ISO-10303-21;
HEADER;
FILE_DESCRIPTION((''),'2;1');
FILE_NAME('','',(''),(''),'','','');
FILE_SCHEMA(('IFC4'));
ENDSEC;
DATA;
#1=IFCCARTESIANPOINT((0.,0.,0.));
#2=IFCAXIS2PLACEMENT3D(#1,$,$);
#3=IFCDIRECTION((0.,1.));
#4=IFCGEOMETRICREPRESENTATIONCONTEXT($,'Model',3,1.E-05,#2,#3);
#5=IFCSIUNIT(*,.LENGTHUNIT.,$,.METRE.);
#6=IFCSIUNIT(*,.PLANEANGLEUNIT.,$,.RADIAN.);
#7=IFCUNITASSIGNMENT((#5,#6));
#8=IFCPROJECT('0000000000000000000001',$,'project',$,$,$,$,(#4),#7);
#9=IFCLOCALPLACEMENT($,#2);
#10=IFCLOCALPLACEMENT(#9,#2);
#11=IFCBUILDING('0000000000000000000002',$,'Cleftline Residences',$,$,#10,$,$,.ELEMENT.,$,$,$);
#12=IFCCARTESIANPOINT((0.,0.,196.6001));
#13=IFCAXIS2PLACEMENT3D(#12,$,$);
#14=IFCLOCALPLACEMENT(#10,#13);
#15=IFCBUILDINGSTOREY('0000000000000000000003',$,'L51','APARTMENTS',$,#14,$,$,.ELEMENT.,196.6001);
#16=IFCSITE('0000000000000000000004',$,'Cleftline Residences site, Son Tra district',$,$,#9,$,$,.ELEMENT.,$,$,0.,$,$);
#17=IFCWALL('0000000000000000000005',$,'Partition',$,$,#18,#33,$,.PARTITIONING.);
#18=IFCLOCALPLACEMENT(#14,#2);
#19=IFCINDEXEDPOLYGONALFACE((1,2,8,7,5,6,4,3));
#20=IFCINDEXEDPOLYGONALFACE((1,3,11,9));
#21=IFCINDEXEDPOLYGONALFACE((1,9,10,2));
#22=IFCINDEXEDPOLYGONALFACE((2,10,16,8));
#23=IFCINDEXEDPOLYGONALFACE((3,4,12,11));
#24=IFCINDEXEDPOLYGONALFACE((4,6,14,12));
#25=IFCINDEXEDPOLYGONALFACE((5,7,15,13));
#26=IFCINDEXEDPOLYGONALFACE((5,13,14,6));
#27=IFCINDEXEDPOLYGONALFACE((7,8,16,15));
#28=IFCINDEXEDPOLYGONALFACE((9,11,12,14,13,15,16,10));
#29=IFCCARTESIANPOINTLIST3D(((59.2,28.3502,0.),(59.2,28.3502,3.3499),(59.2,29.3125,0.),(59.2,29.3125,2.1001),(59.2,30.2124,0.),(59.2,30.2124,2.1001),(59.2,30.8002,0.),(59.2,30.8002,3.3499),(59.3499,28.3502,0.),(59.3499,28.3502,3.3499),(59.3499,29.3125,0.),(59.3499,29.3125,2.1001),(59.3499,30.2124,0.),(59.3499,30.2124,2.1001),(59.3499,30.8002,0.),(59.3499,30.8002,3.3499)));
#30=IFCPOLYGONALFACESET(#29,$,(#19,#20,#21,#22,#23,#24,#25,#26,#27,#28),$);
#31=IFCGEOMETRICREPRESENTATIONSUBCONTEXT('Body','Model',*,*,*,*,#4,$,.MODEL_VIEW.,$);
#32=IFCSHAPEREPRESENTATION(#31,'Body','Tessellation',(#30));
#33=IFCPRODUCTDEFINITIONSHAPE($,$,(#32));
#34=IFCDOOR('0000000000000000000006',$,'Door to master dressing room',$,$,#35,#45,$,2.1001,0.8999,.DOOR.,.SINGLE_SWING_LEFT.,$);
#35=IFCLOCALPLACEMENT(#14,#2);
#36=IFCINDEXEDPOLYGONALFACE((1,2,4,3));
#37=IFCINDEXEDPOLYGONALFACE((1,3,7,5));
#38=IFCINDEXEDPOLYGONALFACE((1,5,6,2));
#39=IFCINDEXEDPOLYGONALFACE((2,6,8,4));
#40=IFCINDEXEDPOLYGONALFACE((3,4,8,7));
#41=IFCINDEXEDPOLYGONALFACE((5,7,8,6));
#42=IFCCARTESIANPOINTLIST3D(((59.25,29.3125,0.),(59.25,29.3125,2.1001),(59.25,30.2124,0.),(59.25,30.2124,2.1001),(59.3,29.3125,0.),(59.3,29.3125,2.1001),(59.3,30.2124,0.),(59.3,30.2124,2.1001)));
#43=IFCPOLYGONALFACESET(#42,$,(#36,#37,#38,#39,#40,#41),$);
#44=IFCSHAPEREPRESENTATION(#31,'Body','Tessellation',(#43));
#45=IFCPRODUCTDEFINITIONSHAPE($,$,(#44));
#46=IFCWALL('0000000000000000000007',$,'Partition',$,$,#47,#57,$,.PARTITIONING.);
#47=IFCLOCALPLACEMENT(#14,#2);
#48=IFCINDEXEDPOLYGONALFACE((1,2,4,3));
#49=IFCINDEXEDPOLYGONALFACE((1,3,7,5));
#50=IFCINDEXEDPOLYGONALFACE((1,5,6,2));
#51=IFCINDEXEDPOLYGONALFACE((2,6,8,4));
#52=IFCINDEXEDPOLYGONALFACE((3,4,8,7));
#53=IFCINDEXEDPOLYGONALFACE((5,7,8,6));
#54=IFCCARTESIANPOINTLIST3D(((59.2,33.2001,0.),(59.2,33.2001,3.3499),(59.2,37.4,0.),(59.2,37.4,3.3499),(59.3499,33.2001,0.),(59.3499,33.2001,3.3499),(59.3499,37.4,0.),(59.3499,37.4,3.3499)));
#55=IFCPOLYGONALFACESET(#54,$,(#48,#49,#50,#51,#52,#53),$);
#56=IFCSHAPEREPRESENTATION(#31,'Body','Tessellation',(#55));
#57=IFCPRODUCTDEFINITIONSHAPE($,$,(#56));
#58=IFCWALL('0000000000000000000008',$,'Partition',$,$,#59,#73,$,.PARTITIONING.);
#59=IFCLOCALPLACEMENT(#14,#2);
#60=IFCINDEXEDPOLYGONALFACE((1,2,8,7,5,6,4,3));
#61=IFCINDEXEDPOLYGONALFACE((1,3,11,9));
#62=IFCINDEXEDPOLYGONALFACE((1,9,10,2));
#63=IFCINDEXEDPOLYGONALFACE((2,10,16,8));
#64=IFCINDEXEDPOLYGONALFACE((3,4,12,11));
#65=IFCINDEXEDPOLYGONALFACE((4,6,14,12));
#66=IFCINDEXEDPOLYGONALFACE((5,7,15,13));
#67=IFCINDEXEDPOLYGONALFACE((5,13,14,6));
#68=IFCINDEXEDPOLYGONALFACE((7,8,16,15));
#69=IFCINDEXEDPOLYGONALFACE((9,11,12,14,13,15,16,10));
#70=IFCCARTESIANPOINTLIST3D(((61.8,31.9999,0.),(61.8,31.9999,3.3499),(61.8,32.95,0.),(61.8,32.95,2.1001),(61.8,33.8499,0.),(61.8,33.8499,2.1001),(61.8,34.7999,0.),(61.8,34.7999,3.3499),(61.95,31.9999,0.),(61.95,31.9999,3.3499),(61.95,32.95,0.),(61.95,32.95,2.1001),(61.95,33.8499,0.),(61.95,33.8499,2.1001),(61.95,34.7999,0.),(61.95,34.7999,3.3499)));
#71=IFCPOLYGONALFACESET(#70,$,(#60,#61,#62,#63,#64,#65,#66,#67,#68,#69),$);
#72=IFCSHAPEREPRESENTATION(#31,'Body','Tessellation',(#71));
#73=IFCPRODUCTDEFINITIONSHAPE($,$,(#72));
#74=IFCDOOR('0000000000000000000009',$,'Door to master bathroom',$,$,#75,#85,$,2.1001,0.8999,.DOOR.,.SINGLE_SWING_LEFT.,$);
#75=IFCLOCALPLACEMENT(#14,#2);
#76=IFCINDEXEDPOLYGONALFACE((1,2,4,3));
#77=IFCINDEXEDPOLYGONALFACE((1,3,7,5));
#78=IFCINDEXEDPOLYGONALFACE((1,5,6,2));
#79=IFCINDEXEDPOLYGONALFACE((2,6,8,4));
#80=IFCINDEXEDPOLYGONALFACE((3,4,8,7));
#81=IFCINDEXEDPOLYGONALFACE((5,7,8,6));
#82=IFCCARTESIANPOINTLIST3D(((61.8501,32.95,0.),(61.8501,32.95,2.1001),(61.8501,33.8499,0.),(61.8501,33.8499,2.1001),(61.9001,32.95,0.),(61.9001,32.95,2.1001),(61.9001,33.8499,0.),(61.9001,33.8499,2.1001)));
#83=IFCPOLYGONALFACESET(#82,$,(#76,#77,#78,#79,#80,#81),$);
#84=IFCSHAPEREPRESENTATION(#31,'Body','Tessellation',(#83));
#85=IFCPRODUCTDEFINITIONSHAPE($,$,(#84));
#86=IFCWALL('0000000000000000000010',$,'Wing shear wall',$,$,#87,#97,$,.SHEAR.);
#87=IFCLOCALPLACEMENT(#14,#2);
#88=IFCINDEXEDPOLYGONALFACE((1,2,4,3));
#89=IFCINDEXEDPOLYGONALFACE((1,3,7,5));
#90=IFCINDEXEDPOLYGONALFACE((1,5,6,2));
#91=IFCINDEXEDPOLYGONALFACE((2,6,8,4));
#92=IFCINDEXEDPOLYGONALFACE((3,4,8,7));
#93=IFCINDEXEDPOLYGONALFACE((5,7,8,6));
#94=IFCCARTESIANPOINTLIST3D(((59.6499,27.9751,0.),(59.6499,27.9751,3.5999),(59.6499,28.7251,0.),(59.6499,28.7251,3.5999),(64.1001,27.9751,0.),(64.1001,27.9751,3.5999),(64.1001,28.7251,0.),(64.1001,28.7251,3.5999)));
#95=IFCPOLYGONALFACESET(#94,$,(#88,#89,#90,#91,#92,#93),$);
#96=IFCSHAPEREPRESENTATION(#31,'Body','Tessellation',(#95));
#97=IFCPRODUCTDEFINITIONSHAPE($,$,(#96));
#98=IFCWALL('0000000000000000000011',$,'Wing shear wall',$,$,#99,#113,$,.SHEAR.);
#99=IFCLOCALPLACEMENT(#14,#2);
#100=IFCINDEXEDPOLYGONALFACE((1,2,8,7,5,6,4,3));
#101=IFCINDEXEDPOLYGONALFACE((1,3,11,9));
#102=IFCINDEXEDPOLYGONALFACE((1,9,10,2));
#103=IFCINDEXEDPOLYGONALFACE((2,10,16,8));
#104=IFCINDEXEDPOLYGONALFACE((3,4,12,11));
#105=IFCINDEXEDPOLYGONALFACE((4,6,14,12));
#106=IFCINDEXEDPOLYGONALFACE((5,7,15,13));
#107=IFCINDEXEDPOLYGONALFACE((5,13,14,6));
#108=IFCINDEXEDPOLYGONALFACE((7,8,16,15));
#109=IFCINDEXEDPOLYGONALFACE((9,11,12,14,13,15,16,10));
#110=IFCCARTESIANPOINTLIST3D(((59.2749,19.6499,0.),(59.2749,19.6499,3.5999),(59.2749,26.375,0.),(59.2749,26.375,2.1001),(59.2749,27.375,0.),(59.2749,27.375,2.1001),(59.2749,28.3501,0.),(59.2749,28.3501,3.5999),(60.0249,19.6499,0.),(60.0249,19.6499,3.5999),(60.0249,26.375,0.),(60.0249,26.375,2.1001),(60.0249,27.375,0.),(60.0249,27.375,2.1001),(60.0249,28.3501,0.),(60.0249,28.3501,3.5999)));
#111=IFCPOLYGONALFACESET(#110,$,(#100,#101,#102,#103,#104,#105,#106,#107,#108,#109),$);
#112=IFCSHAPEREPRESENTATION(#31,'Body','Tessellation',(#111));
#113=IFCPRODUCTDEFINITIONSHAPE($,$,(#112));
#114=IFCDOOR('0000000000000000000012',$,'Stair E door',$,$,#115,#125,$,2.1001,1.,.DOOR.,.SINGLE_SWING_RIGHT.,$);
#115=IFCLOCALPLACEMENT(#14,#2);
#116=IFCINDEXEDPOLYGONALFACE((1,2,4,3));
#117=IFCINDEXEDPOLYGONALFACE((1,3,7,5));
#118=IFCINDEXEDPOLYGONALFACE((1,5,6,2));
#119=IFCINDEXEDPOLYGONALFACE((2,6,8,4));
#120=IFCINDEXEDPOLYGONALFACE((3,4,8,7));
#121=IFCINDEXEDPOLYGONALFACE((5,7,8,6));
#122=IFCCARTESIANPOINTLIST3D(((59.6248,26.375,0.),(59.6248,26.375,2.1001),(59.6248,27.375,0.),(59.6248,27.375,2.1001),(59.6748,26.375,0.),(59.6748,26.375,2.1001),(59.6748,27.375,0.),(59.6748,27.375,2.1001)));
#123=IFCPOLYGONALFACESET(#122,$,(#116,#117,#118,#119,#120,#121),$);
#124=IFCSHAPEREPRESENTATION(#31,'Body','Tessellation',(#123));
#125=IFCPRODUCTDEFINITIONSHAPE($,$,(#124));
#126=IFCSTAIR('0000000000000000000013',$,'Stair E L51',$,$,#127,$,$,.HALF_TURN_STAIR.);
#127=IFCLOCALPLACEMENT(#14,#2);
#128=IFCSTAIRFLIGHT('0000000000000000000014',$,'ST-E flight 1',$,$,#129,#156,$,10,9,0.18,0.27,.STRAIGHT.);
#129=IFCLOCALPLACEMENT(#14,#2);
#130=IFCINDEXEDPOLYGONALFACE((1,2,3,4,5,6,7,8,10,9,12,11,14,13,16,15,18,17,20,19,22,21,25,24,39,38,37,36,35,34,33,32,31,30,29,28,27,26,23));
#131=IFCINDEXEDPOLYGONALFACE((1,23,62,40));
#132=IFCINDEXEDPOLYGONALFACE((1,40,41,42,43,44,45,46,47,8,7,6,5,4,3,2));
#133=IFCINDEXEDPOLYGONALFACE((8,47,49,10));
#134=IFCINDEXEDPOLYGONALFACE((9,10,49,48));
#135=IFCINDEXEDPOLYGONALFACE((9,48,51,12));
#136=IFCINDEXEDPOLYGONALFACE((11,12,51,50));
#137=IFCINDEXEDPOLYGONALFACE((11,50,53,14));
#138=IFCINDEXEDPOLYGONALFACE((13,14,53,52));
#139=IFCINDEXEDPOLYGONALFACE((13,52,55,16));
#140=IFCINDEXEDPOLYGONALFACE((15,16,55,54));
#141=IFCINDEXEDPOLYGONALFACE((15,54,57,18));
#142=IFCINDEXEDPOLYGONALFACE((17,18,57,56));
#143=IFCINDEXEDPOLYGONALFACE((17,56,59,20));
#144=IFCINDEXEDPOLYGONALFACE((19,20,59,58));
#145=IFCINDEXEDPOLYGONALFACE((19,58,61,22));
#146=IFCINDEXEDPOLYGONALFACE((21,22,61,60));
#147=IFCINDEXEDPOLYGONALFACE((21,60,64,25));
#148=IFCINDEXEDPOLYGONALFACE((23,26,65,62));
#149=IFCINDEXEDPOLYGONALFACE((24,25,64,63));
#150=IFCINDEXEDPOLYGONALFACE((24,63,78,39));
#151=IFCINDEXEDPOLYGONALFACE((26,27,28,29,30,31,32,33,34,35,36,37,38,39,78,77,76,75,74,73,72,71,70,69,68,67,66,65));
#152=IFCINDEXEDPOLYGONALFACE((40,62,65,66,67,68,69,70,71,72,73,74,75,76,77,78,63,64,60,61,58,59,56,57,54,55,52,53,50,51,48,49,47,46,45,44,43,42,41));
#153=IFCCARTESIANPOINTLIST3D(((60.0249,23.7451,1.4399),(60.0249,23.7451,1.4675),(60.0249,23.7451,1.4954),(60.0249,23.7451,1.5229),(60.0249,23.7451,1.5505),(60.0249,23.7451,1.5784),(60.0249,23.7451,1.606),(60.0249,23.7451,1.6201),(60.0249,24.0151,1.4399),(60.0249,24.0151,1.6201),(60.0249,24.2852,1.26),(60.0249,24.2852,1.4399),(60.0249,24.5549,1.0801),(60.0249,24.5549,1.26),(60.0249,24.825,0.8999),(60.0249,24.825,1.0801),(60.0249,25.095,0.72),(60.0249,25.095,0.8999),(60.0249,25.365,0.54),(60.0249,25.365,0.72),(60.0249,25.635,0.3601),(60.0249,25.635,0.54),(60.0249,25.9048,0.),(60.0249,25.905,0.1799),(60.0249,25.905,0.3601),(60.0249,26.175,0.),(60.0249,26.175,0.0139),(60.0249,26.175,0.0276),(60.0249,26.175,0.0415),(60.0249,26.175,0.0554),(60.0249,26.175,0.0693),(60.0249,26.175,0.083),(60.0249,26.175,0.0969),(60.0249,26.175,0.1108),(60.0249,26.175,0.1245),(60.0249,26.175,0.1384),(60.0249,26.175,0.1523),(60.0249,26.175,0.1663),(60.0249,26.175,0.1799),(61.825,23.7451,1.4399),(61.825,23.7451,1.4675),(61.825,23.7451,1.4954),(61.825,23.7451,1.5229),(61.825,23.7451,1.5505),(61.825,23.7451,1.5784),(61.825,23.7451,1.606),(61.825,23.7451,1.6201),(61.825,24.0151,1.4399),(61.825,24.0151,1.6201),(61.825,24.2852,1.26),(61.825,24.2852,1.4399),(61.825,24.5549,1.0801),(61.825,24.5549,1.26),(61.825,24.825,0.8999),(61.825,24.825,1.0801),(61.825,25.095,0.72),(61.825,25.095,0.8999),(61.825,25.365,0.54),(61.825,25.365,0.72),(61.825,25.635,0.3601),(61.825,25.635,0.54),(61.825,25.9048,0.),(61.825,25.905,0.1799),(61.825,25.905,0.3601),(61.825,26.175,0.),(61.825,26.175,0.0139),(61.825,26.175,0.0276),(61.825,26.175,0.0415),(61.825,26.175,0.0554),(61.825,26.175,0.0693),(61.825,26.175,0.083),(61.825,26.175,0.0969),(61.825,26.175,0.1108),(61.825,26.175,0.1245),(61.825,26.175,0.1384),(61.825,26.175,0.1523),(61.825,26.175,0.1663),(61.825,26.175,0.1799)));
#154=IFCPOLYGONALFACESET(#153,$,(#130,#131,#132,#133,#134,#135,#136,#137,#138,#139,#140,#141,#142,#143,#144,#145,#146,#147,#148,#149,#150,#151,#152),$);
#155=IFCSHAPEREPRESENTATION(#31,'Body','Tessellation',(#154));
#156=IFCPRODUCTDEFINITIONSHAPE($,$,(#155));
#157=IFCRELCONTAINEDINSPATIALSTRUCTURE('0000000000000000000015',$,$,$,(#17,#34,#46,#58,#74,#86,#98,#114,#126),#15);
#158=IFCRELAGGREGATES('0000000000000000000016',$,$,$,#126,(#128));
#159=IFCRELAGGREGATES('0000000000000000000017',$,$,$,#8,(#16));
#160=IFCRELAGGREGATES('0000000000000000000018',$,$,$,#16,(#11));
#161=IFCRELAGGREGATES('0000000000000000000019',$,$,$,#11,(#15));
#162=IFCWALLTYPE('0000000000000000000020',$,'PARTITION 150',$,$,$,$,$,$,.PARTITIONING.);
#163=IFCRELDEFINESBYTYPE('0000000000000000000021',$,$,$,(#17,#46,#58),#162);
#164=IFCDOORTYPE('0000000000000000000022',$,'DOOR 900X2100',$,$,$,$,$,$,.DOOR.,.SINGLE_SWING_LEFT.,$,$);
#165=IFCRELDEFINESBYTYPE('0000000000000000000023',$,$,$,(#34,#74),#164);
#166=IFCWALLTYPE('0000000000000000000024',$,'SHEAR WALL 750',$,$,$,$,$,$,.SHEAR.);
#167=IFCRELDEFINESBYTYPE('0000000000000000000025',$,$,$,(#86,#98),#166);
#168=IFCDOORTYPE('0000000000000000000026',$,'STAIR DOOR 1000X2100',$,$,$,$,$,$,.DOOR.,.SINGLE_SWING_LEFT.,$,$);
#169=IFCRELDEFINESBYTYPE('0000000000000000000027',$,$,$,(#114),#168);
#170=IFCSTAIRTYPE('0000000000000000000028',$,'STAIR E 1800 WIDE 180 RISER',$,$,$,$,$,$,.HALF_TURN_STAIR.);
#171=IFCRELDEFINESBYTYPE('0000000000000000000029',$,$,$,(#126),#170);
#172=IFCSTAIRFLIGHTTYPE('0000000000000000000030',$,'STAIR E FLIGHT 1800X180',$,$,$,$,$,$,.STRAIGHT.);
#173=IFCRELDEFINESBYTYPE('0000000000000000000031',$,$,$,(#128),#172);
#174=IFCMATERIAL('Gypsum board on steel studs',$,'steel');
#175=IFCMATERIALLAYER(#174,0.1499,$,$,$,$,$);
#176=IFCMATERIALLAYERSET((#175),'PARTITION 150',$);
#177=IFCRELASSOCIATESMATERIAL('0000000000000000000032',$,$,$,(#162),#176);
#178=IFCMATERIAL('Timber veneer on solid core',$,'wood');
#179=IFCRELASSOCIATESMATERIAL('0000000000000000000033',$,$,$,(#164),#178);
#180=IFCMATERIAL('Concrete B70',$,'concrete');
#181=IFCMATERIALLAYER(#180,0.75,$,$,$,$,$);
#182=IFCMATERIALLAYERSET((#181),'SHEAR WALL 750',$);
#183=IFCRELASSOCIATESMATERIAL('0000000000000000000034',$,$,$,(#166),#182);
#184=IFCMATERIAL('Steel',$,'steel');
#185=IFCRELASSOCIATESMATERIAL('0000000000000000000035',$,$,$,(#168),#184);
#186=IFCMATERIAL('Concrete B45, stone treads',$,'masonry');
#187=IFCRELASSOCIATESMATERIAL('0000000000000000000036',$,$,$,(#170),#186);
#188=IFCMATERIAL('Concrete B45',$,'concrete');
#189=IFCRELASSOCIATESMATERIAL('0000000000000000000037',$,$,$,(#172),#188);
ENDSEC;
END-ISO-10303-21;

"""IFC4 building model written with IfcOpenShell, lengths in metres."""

from ifc_helpers import new_model, si_unit, direction, frame, frame_2d, origin, place, context, subcontext, project, spatial, polyline, rectangle, outline, extrude, material, layer, layer_set, type_object, element, fill, aggregate, save


model = new_model("IFC4")

# Units and contexts
model_context = context("Model", 3, precision=1e-05, world=origin(), true_north=direction((0.0, 1.0)))
body_context = subcontext(model_context, "Body", "Model", "MODEL_VIEW")
ifc_project = project(units=[si_unit("LENGTHUNIT", "METRE"), si_unit("PLANEANGLEUNIT", "RADIAN")], contexts=[model_context])

# Site, building, storey
site_placement = place(None, origin())
site = spatial("IfcSite", under=ifc_project, at=site_placement, Name="Cleftline Residences site, Son Tra district", CompositionType="ELEMENT", RefElevation=0.0)
building_placement = place(site_placement, origin())
building = spatial("IfcBuilding", under=site, at=building_placement, Name="Cleftline Residences", CompositionType="ELEMENT")
storey_placement = place(building_placement, frame((0.0, 0.0, 196.6001)))
storey = spatial("IfcBuildingStorey", under=building, at=storey_placement, Name="L51", Description="APARTMENTS", CompositionType="ELEMENT", Elevation=196.6001)

# Shared definitions
ifc_material_1 = material(Name="Gypsum board on steel studs", Category="steel")
ifc_layer_1 = layer(ifc_material_1, 0.1499)
ifc_layer_set_1 = layer_set([ifc_layer_1], Name="PARTITION 150")
wall_type_1 = type_object("IfcWallType", Name="PARTITION 150", PredefinedType="PARTITIONING", material=ifc_layer_set_1)

# Wall, opening, door
wall_1_placement = place(storey_placement, frame((59.2749, 28.3501, 0.0), z_axis=(0.0, 0.0, 1.0), x_axis=(0.0, 1.0, 0.0)))
wall_1 = element("IfcWall", 1, at=wall_1_placement, inside=storey, type_object=wall_type_1, Name="Partition", PredefinedType="PARTITIONING", context=body_context, shape_type="SweptSolid", body=[
    extrude(rectangle(XDim=2.45, YDim=0.1499, at=frame_2d((1.2251, 0.0))), origin(), (0.0, 0.0, 1.0), 3.3499),
])
opening_1_placement = place(wall_1_placement, frame((0.9624, 0.0, 0.0)))
opening_1 = element("IfcOpeningElement", 2, at=opening_1_placement, cuts=wall_1, PredefinedType="OPENING", context=body_context, shape_type="SweptSolid", body=[
    extrude(rectangle(XDim=0.8999, YDim=2.1001, at=frame_2d((0.45, 1.05))), frame((0.0, 0.085, 0.0), z_axis=(0.0, -1.0, 0.0), x_axis=(1.0, 0.0, 0.0)), (0.0, 0.0, 1.0), 0.1699),
])
ifc_material_2 = material(Name="Timber veneer on solid core", Category="wood")
door_type_1 = type_object("IfcDoorType", Name="DOOR 900X2100", OperationType="SINGLE_SWING_LEFT", PredefinedType="DOOR", material=ifc_material_2)
door_1_placement = place(opening_1_placement, origin())
door_1 = element("IfcDoor", 3, at=door_1_placement, inside=storey, type_object=door_type_1, Name="Door to master dressing room", OperationType="SINGLE_SWING_LEFT", OverallHeight=2.1001, OverallWidth=0.8999, PredefinedType="DOOR", context=body_context, shape_type="SweptSolid", body=[
    extrude(rectangle(XDim=0.8999, YDim=2.1001, at=frame_2d((0.45, 1.05))), frame((0.0, 0.0249, 0.0), z_axis=(0.0, -1.0, 0.0), x_axis=(1.0, 0.0, 0.0)), (0.0, 0.0, 1.0), 0.05),
])
fill(opening_1, door_1)

# Wall
wall_2_placement = place(storey_placement, frame((59.2749, 33.2, 0.0), z_axis=(0.0, 0.0, 1.0), x_axis=(0.0, 1.0, 0.0)))
element("IfcWall", 4, at=wall_2_placement, inside=storey, type_object=wall_type_1, Name="Partition", PredefinedType="PARTITIONING", context=body_context, shape_type="SweptSolid", body=[
    extrude(rectangle(XDim=4.2, YDim=0.1499, at=frame_2d((2.1001, 0.0))), origin(), (0.0, 0.0, 1.0), 3.3499),
])

# Wall, opening, door
wall_3_placement = place(storey_placement, frame((61.875, 32.0, 0.0), z_axis=(0.0, 0.0, 1.0), x_axis=(0.0, 1.0, 0.0)))
wall_3 = element("IfcWall", 5, at=wall_3_placement, inside=storey, type_object=wall_type_1, Name="Partition", PredefinedType="PARTITIONING", context=body_context, shape_type="SweptSolid", body=[
    extrude(rectangle(XDim=2.8, YDim=0.1499, at=frame_2d((1.3999, 0.0))), origin(), (0.0, 0.0, 1.0), 3.3499),
])
opening_2_placement = place(wall_3_placement, frame((0.95, 0.0, 0.0)))
opening_2 = element("IfcOpeningElement", 6, at=opening_2_placement, cuts=wall_3, PredefinedType="OPENING", context=body_context, shape_type="SweptSolid", body=[
    extrude(rectangle(XDim=0.8999, YDim=2.1001, at=frame_2d((0.45, 1.05))), frame((0.0, 0.085, 0.0), z_axis=(0.0, -1.0, 0.0), x_axis=(1.0, 0.0, 0.0)), (0.0, 0.0, 1.0), 0.1699),
])
door_2_placement = place(opening_2_placement, origin())
door_2 = element("IfcDoor", 7, at=door_2_placement, inside=storey, type_object=door_type_1, Name="Door to master bathroom", OperationType="SINGLE_SWING_LEFT", OverallHeight=2.1001, OverallWidth=0.8999, PredefinedType="DOOR", context=body_context, shape_type="SweptSolid", body=[
    extrude(rectangle(XDim=0.8999, YDim=2.1001, at=frame_2d((0.45, 1.05))), frame((0.0, 0.0249, 0.0), z_axis=(0.0, -1.0, 0.0), x_axis=(1.0, 0.0, 0.0)), (0.0, 0.0, 1.0), 0.05),
])
fill(opening_2, door_2)

# Wall
ifc_material_3 = material(Name="Concrete B70", Category="concrete")
ifc_layer_2 = layer(ifc_material_3, 0.75)
ifc_layer_set_2 = layer_set([ifc_layer_2], Name="SHEAR WALL 750")
wall_type_2 = type_object("IfcWallType", Name="SHEAR WALL 750", PredefinedType="SHEAR", material=ifc_layer_set_2)
wall_4_placement = place(storey_placement, frame((64.1001, 28.3501, 0.0), z_axis=(0.0, 0.0, 1.0), x_axis=(-1.0, 0.0, 0.0)))
element("IfcWall", 8, at=wall_4_placement, inside=storey, type_object=wall_type_2, Name="Wing shear wall", PredefinedType="SHEAR", context=body_context, shape_type="SweptSolid", body=[
    extrude(rectangle(XDim=4.4502, YDim=0.75, at=frame_2d((2.2251, 0.0))), origin(), (0.0, 0.0, 1.0), 3.5999),
])

# Wall, opening, door
wall_5_placement = place(storey_placement, frame((59.6499, 28.3501, 0.0), z_axis=(0.0, 0.0, 1.0), x_axis=(0.0, -1.0, 0.0)))
wall_5 = element("IfcWall", 9, at=wall_5_placement, inside=storey, type_object=wall_type_2, Name="Wing shear wall", PredefinedType="SHEAR", context=body_context, shape_type="SweptSolid", body=[
    extrude(rectangle(XDim=8.7002, YDim=0.75, at=frame_2d((4.3501, 0.0))), origin(), (0.0, 0.0, 1.0), 3.5999),
])
opening_3_placement = place(wall_5_placement, frame((0.9751, 0.0, 0.0)))
opening_3 = element("IfcOpeningElement", 10, at=opening_3_placement, cuts=wall_5, PredefinedType="OPENING", context=body_context, shape_type="SweptSolid", body=[
    extrude(rectangle(XDim=1.0, YDim=2.1001, at=frame_2d((0.5, 1.05))), frame((0.0, 0.385, 0.0), z_axis=(0.0, -1.0, 0.0), x_axis=(1.0, 0.0, 0.0)), (0.0, 0.0, 1.0), 0.77),
])
ifc_material_4 = material(Name="Steel", Category="steel")
door_type_2 = type_object("IfcDoorType", Name="STAIR DOOR 1000X2100", OperationType="SINGLE_SWING_LEFT", PredefinedType="DOOR", material=ifc_material_4)
door_3_placement = place(opening_3_placement, origin())
door_3 = element("IfcDoor", 11, at=door_3_placement, inside=storey, type_object=door_type_2, Name="Stair E door", OperationType="SINGLE_SWING_RIGHT", OverallHeight=2.1001, OverallWidth=1.0, PredefinedType="DOOR", context=body_context, shape_type="SweptSolid", body=[
    extrude(rectangle(XDim=1.0, YDim=2.1001, at=frame_2d((0.5, 1.05))), frame((0.0, 0.0249, 0.0), z_axis=(0.0, -1.0, 0.0), x_axis=(1.0, 0.0, 0.0)), (0.0, 0.0, 1.0), 0.05),
])
fill(opening_3, door_3)

# Stair, stair flight
ifc_material_5 = material(Name="Concrete B45, stone treads", Category="masonry")
stair_type = type_object("IfcStairType", Name="STAIR E 1800 WIDE 180 RISER", PredefinedType="HALF_TURN_STAIR", material=ifc_material_5)
stair_placement = place(storey_placement, origin())
stair = element("IfcStair", 12, at=stair_placement, inside=storey, type_object=stair_type, Name="Stair E L51", PredefinedType="HALF_TURN_STAIR")
ifc_material_6 = material(Name="Concrete B45", Category="concrete")
stair_flight_type = type_object("IfcStairFlightType", Name="STAIR E FLIGHT 1800X180", PredefinedType="STRAIGHT", material=ifc_material_6)
stair_flight_placement = place(storey_placement, frame((60.925, 26.175, 0.0), z_axis=(0.0, 0.0, 1.0), x_axis=(0.0, -1.0, 0.0)))
stair_flight = element("IfcStairFlight", 13, at=stair_flight_placement, type_object=stair_flight_type, Name="ST-E flight 1", NumberOfRisers=10, NumberOfTreads=9, PredefinedType="STRAIGHT", RiserHeight=0.18, TreadLength=0.27, context=body_context, shape_type="SweptSolid", body=[
    extrude(outline(polyline([(0.0, 0.0), (0.0, 0.0139), (0.0, 0.0276), (0.0, 0.0415), (0.0, 0.0554), (0.0, 0.0693), (0.0, 0.083), (0.0, 0.0969), (0.0, 0.1108), (0.0, 0.1245), (0.0, 0.1384), (0.0, 0.1523), (0.0, 0.1663), (0.0, 0.1799), (0.27, 0.1799), (0.27, 0.3601), (0.54, 0.3601), (0.54, 0.54), (0.8101, 0.54), (0.8101, 0.72), (1.0801, 0.72), (1.0801, 0.8999), (1.3501, 0.8999), (1.3501, 1.0801), (1.6201, 1.0801), (1.6201, 1.26), (1.8899, 1.26), (1.8899, 1.4399), (2.1599, 1.4399), (2.1599, 1.6201), (2.4299, 1.6201), (2.4299, 1.8), (2.4299, 1.7722), (2.4299, 1.7446), (2.4299, 1.7168), (2.4299, 1.6892), (2.4299, 1.6614), (2.4299, 1.6338), (2.4299, 1.606), (2.4299, 1.5784), (2.4299, 1.5505), (2.4299, 1.5229), (2.4299, 1.4954), (2.4299, 1.4675), (2.4299, 1.4399), (0.2703, 0.0), (0.0, 0.0)])), frame((0.0, 0.8999, 0.0), z_axis=(0.0, -1.0, 0.0), x_axis=(1.0, 0.0, 0.0)), (0.0, 0.0, 1.0), 1.8),
])
aggregate(stair, [stair_flight])

save(model, "model.ifc")
